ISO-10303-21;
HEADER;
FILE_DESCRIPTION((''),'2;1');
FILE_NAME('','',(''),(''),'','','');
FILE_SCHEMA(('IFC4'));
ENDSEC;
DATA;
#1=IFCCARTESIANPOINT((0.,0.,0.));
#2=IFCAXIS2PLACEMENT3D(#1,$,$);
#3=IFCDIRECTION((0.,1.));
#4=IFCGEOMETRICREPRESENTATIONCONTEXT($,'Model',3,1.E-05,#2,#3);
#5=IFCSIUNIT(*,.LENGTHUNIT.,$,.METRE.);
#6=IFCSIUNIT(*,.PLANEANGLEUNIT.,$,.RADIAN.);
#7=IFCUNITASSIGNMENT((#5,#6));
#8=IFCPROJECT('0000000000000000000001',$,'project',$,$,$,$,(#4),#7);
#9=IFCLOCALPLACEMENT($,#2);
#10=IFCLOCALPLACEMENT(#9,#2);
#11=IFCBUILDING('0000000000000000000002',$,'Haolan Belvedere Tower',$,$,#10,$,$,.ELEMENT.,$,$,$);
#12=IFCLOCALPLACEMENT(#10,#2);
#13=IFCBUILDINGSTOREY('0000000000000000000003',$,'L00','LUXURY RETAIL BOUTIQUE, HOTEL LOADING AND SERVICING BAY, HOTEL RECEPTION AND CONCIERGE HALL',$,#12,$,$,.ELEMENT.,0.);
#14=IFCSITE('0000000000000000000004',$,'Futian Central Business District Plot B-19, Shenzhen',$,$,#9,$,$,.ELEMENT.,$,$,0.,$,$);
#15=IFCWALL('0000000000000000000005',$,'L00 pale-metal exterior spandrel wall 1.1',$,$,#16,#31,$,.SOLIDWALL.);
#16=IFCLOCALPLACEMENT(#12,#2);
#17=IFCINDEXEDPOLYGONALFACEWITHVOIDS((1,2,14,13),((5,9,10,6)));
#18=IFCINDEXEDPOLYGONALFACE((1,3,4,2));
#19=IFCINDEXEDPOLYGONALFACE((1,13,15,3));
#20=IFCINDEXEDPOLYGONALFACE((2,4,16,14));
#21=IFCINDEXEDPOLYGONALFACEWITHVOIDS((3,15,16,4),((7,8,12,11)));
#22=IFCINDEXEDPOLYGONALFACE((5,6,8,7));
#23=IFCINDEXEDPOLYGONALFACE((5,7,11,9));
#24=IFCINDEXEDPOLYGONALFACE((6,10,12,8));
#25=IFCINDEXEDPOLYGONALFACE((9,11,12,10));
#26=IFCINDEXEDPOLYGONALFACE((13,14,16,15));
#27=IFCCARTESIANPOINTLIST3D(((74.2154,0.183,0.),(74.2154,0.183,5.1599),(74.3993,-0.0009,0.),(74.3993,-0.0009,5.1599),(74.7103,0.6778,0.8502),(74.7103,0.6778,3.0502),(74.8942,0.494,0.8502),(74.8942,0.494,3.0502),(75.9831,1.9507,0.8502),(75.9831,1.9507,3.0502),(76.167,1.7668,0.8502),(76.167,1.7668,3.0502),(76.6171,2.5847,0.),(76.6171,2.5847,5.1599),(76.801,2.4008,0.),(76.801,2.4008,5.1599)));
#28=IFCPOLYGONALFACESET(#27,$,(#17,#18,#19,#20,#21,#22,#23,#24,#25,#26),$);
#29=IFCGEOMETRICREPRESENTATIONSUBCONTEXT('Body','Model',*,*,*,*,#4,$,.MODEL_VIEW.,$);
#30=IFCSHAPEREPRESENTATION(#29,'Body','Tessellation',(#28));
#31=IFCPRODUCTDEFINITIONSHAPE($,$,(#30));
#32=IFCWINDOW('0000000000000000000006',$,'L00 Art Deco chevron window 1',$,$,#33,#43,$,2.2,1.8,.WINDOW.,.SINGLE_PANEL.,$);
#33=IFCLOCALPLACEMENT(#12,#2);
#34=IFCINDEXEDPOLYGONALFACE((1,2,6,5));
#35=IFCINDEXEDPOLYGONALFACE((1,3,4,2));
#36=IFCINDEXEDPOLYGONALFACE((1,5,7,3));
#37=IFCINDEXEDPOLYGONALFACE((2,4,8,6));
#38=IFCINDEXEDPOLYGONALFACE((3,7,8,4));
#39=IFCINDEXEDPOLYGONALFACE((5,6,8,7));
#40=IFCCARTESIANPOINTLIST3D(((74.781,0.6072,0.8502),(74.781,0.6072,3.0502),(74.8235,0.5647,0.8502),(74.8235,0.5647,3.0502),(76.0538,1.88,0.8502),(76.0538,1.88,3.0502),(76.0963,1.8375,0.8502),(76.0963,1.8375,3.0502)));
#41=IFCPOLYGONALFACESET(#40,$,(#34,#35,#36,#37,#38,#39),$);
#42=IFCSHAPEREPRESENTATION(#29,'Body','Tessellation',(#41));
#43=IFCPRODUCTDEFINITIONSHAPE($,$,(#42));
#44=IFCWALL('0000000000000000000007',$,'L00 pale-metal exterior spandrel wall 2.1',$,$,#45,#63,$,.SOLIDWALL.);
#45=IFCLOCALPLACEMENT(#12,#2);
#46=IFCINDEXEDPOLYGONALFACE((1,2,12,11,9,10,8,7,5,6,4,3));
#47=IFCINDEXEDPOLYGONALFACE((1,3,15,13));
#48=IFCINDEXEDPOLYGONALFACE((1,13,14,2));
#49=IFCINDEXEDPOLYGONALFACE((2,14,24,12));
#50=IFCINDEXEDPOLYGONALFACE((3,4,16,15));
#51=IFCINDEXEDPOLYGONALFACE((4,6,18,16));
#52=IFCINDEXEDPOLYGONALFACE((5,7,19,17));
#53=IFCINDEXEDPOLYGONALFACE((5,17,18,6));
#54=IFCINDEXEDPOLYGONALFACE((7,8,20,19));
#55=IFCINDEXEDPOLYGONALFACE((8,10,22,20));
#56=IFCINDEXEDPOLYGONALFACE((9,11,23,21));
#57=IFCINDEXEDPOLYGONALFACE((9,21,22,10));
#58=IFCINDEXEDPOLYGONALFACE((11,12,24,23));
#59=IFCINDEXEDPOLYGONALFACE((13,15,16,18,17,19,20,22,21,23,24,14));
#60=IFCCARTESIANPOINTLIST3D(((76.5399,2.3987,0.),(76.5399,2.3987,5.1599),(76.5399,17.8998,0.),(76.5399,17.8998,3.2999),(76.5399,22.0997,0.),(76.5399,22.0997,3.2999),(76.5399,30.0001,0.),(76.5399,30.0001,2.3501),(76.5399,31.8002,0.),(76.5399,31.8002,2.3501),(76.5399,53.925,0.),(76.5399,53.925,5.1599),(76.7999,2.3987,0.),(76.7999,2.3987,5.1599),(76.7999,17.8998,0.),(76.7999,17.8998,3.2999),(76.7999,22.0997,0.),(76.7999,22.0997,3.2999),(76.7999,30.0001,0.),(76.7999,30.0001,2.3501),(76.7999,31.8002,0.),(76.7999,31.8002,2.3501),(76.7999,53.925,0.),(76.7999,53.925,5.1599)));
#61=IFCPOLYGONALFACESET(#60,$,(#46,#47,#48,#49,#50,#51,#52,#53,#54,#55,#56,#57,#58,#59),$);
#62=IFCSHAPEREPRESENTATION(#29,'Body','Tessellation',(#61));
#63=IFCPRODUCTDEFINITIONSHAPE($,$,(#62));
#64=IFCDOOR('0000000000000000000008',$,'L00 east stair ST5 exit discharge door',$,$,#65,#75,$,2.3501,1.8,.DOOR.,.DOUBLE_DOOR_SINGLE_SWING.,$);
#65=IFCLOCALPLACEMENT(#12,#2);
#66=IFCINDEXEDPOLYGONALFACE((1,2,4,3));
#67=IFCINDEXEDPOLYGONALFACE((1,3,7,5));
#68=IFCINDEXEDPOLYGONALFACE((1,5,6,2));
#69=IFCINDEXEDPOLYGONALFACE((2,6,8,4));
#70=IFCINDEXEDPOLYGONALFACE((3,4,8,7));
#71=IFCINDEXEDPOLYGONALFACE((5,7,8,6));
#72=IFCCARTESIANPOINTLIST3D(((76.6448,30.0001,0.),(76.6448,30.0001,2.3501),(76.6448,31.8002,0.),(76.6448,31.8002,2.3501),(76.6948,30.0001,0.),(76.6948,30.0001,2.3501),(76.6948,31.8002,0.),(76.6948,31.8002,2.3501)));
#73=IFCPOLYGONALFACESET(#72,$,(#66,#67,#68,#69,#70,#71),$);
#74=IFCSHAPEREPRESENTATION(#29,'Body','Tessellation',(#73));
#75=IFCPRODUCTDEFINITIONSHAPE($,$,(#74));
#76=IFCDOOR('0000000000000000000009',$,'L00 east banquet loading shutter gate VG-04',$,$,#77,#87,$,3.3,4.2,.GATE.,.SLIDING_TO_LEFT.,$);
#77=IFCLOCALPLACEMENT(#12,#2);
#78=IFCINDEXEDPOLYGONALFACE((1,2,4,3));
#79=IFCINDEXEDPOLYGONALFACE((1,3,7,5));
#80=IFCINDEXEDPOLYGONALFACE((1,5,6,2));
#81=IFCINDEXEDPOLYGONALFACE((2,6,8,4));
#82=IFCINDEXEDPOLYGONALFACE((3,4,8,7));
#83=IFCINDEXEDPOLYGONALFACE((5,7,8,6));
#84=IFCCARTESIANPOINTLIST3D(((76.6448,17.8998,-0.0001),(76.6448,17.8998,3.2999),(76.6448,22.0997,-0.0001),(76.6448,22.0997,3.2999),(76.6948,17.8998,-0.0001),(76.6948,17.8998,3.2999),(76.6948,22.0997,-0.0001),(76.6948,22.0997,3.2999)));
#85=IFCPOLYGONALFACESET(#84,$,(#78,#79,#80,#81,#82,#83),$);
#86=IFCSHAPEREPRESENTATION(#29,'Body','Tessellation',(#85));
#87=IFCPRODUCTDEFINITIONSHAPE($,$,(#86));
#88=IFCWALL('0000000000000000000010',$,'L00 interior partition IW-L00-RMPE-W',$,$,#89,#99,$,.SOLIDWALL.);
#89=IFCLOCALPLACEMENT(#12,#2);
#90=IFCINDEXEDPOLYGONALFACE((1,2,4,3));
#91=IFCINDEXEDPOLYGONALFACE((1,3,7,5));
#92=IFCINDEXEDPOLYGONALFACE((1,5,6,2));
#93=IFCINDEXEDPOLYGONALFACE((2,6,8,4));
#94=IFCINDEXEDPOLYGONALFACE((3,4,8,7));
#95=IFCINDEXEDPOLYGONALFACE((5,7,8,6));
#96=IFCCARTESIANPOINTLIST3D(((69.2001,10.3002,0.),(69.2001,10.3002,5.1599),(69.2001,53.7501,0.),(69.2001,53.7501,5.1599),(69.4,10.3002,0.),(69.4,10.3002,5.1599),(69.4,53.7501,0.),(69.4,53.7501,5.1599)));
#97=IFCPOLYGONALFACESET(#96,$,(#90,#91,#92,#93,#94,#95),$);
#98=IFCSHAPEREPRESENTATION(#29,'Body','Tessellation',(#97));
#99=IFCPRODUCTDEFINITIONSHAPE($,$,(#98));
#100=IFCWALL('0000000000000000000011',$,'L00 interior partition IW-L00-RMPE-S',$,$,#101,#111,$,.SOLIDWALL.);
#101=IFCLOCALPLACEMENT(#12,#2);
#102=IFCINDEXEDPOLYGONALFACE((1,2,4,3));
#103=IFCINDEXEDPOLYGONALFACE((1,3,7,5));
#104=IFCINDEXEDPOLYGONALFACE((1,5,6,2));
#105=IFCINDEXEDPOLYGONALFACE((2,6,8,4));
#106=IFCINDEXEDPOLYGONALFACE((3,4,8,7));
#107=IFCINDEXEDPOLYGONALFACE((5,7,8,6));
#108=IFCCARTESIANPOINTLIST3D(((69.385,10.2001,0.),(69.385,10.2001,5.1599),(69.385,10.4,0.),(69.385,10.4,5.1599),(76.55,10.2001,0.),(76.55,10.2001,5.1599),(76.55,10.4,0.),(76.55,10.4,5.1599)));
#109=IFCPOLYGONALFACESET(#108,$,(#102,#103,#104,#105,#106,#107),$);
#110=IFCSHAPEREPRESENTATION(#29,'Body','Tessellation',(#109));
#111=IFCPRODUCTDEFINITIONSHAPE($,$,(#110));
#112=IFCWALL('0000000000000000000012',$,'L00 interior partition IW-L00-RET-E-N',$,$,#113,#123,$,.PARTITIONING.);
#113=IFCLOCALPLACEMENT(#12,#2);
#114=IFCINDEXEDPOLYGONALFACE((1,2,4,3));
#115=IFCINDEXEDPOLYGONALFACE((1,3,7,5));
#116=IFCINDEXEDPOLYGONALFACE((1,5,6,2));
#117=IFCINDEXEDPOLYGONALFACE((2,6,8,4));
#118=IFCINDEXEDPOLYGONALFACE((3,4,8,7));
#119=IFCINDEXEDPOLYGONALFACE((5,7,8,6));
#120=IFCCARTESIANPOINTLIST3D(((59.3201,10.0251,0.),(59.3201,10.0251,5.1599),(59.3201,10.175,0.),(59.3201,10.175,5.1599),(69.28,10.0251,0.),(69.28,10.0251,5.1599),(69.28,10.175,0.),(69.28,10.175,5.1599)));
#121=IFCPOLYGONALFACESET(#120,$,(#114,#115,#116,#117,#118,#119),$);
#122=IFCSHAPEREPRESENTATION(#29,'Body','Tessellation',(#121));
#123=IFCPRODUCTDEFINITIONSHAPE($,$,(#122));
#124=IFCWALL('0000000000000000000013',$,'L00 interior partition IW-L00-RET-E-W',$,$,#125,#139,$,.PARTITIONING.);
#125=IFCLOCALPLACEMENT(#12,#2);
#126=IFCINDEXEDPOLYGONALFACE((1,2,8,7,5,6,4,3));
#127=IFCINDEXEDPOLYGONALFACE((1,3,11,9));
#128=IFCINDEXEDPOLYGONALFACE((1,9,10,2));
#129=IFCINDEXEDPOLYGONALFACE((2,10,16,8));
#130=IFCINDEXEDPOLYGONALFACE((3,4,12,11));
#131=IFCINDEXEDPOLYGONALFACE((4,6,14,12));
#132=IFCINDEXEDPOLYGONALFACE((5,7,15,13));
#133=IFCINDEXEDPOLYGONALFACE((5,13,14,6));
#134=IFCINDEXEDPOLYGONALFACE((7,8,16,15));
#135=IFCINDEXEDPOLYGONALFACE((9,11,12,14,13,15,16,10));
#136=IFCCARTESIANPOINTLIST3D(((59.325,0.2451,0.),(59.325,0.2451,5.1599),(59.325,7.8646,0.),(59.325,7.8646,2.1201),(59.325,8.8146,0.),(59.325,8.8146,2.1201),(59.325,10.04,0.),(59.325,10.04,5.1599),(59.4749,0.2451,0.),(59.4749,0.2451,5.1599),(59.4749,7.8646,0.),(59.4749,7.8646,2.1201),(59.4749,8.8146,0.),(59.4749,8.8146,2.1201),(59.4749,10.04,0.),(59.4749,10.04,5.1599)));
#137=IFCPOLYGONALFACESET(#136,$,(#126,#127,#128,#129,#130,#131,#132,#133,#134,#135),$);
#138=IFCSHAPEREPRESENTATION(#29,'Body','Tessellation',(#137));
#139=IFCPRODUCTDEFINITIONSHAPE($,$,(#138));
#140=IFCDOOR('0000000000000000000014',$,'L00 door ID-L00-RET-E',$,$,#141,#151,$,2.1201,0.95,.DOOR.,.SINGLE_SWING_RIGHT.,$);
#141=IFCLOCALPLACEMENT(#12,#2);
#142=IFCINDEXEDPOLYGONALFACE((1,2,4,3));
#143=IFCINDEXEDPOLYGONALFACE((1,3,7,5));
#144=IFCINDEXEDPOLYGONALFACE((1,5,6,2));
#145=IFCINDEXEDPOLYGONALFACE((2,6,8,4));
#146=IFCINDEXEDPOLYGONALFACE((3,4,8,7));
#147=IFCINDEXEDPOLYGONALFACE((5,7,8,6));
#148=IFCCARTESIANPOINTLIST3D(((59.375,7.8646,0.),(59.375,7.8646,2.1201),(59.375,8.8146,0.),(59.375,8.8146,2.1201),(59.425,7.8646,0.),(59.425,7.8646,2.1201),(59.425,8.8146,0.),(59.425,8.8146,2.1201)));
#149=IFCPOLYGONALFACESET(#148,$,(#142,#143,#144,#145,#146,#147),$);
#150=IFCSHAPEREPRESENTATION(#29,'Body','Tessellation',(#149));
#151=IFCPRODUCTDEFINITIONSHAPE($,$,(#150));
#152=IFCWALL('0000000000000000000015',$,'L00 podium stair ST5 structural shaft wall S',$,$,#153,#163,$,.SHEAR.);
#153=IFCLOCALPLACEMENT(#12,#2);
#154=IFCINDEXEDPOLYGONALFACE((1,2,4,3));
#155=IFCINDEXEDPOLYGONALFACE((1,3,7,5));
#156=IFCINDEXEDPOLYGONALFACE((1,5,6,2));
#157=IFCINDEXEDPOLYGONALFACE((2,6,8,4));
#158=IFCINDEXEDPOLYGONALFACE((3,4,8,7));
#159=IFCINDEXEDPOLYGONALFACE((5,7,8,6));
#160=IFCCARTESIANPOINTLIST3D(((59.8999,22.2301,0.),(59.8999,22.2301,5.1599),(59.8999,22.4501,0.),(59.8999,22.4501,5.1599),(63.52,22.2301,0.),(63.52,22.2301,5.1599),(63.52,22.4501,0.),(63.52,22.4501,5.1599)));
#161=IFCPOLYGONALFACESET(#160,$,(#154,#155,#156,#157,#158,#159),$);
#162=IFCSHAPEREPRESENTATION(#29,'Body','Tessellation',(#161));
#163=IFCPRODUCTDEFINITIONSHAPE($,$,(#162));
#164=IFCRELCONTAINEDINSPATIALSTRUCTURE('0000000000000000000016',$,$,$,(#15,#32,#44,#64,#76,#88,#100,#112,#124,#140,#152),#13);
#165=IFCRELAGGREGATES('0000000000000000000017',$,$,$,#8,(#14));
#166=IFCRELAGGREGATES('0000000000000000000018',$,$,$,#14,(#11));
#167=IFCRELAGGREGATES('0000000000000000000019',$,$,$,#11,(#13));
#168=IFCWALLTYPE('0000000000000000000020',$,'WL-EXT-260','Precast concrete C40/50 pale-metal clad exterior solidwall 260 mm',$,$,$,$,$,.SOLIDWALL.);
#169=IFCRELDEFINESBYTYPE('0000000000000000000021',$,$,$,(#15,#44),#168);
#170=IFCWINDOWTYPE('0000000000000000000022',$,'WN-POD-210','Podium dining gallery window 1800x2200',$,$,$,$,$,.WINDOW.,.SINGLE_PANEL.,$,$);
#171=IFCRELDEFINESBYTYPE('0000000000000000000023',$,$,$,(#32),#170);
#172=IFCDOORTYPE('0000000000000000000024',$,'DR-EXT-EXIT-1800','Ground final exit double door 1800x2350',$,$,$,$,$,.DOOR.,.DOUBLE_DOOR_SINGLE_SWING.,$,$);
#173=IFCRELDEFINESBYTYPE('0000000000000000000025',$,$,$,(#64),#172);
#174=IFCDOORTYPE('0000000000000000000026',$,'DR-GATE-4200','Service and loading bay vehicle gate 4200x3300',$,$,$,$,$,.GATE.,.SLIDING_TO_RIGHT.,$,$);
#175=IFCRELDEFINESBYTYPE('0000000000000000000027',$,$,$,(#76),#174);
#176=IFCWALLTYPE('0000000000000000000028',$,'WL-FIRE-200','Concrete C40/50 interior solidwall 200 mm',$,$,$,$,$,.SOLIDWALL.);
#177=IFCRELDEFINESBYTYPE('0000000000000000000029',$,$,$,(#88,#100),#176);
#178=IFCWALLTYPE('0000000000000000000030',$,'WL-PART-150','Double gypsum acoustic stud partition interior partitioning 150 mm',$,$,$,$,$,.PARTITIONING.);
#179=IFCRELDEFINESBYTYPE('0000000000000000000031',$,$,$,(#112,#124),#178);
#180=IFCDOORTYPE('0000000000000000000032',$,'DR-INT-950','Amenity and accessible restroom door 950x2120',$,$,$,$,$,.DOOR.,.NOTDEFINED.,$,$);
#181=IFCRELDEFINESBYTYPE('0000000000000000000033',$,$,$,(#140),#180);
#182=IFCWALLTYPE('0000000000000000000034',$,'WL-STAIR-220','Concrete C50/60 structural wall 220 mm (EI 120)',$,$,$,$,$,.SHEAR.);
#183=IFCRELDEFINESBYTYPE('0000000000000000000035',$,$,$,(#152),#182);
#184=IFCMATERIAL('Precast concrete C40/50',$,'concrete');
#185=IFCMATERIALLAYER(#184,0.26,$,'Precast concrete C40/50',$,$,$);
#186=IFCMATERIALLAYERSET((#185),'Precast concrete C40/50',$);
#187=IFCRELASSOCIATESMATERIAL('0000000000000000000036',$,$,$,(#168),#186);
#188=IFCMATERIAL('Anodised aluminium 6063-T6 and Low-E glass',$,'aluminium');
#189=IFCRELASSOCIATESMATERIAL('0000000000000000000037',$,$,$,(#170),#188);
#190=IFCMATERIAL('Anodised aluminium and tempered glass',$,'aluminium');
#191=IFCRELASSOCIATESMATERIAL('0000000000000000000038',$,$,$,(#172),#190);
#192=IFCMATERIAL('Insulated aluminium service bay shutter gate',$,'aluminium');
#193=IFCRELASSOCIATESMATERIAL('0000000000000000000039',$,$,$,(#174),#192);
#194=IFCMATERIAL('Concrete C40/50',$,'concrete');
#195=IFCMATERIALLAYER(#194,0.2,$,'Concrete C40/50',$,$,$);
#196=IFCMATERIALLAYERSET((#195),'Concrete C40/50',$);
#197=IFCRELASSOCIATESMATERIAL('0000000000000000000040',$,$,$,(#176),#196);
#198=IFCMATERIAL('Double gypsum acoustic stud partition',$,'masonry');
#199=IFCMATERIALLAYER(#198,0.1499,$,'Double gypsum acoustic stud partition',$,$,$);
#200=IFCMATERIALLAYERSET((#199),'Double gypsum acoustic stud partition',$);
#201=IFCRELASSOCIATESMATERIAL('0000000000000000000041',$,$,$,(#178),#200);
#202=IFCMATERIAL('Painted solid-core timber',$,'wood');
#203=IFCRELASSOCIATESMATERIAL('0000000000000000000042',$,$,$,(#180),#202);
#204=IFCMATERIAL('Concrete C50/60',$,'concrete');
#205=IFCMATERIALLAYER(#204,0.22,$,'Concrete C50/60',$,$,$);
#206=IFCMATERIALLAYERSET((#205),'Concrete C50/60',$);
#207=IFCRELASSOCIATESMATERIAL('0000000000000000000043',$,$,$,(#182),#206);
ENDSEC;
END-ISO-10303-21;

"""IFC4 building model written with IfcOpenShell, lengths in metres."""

from ifc_helpers import new_model, si_unit, direction, frame, frame_2d, origin, place, context, subcontext, project, spatial, rectangle, extrude, material, layer, layer_set, type_object, element, fill, save


model = new_model("IFC4")

# Units and contexts
model_context = context("Model", 3, precision=1e-05, world=origin(), true_north=direction((0.0, 1.0)))
body_context = subcontext(model_context, "Body", "Model", "MODEL_VIEW")
ifc_project = project(units=[si_unit("LENGTHUNIT", "METRE"), si_unit("PLANEANGLEUNIT", "RADIAN")], contexts=[model_context])

# Site, building, storey
site_placement = place(None, origin())
site = spatial("IfcSite", under=ifc_project, at=site_placement, Name="Futian Central Business District Plot B-19, Shenzhen", CompositionType="ELEMENT", RefElevation=0.0)
building_placement = place(site_placement, origin())
building = spatial("IfcBuilding", under=site, at=building_placement, Name="Haolan Belvedere Tower", CompositionType="ELEMENT")
storey_placement = place(building_placement, origin())
storey = spatial("IfcBuildingStorey", under=building, at=storey_placement, Name="L00", Description="LUXURY RETAIL BOUTIQUE, HOTEL LOADING AND SERVICING BAY, HOTEL RECEPTION AND CONCIERGE HALL", CompositionType="ELEMENT", Elevation=0.0)

# Wall, opening, window
ifc_material_1 = material(Name="Precast concrete C40/50", Category="concrete")
ifc_layer_1 = layer(ifc_material_1, 0.26, Name="Precast concrete C40/50")
ifc_layer_set_1 = layer_set([ifc_layer_1], Name="Precast concrete C40/50")
wall_type_1 = type_object("IfcWallType", Name="WL-EXT-260", Description="Precast concrete C40/50 pale-metal clad exterior solidwall 260 mm", PredefinedType="SOLIDWALL", material=ifc_layer_set_1)
wall_1_placement = place(storey_placement, frame((74.3074, 0.0911, 0.0), z_axis=(0.0, 0.0, 1.0), x_axis=(0.707107, 0.707107, 0.0)))
wall_1 = element("IfcWall", 1, at=wall_1_placement, inside=storey, type_object=wall_type_1, Name="L00 pale-metal exterior spandrel wall 1.1", PredefinedType="SOLIDWALL", context=body_context, shape_type="SweptSolid", body=[
    extrude(rectangle(XDim=3.3965, YDim=0.26, at=frame_2d((1.6982, 0.0))), origin(), (0.0, 0.0, 1.0), 5.1599),
])
opening_1_placement = place(wall_1_placement, frame((0.7, 0.0, 0.8501)))
opening_1 = element("IfcOpeningElement", 2, at=opening_1_placement, cuts=wall_1, PredefinedType="OPENING", context=body_context, shape_type="SweptSolid", body=[
    extrude(rectangle(XDim=1.8, YDim=2.2, at=frame_2d((0.8999, 1.1001))), frame((0.0, 0.1399, 0.0), z_axis=(0.0, -1.0, 0.0), x_axis=(1.0, 0.0, 0.0)), (0.0, 0.0, 1.0), 0.28),
])
ifc_material_2 = material(Name="Anodised aluminium 6063-T6 and Low-E glass", Category="aluminium")
window_type = type_object("IfcWindowType", Name="WN-POD-210", Description="Podium dining gallery window 1800x2200", PartitioningType="SINGLE_PANEL", PredefinedType="WINDOW", material=ifc_material_2)
window_placement = place(opening_1_placement, origin())
window = element("IfcWindow", 3, at=window_placement, inside=storey, type_object=window_type, Name="L00 Art Deco chevron window 1", OverallHeight=2.2, OverallWidth=1.8, PartitioningType="SINGLE_PANEL", PredefinedType="WINDOW", context=body_context, shape_type="SweptSolid", body=[
    extrude(rectangle(XDim=1.8, YDim=2.2, at=frame_2d((0.8999, 1.1001))), frame((0.0, 0.03, 0.0), z_axis=(0.0, -1.0, 0.0), x_axis=(1.0, 0.0, 0.0)), (0.0, 0.0, 1.0), 0.0601),
])
fill(opening_1, window)

# Wall, openings, doors
wall_2_placement = place(storey_placement, frame((76.6699, 2.3987, 0.0), z_axis=(0.0, 0.0, 1.0), x_axis=(0.0, 1.0, 0.0)))
wall_2 = element("IfcWall", 4, at=wall_2_placement, inside=storey, type_object=wall_type_1, Name="L00 pale-metal exterior spandrel wall 2.1", PredefinedType="SOLIDWALL", context=body_context, shape_type="SweptSolid", body=[
    extrude(rectangle(XDim=51.5264, YDim=0.26, at=frame_2d((25.7632, 0.0))), origin(), (0.0, 0.0, 1.0), 5.1599),
])
opening_2_placement = place(wall_2_placement, frame((29.4014, 0.0, 0.0), z_axis=(0.0, 0.0, 1.0), x_axis=(-1.0, 0.0, 0.0)))
opening_2 = element("IfcOpeningElement", 5, at=opening_2_placement, cuts=wall_2, PredefinedType="OPENING", context=body_context, shape_type="SweptSolid", body=[
    extrude(rectangle(XDim=1.8, YDim=2.3501, at=frame_2d((0.8999, 1.175))), frame((0.0, 0.1399, 0.0), z_axis=(0.0, -1.0, 0.0), x_axis=(1.0, 0.0, 0.0)), (0.0, 0.0, 1.0), 0.28),
])
opening_3_placement = place(wall_2_placement, frame((19.7012, 0.0, 0.0), z_axis=(0.0, 0.0, 1.0), x_axis=(-1.0, 0.0, 0.0)))
opening_3 = element("IfcOpeningElement", 6, at=opening_3_placement, cuts=wall_2, PredefinedType="OPENING", context=body_context, shape_type="SweptSolid", body=[
    extrude(rectangle(XDim=4.2, YDim=3.3, at=frame_2d((2.1001, 1.6499))), frame((0.0, 0.1399, 0.0), z_axis=(0.0, -1.0, 0.0), x_axis=(1.0, 0.0, 0.0)), (0.0, 0.0, 1.0), 0.28),
])
ifc_material_3 = material(Name="Anodised aluminium and tempered glass", Category="aluminium")
door_type_1 = type_object("IfcDoorType", Name="DR-EXT-EXIT-1800", Description="Ground final exit double door 1800x2350", OperationType="DOUBLE_DOOR_SINGLE_SWING", PredefinedType="DOOR", material=ifc_material_3)
door_1_placement = place(opening_2_placement, origin())
door_1 = element("IfcDoor", 7, at=door_1_placement, inside=storey, type_object=door_type_1, Name="L00 east stair ST5 exit discharge door", OperationType="DOUBLE_DOOR_SINGLE_SWING", OverallHeight=2.3501, OverallWidth=1.8, PredefinedType="DOOR", context=body_context, shape_type="SweptSolid", body=[
    extrude(rectangle(XDim=1.8, YDim=2.3501, at=frame_2d((0.8999, 1.175))), frame((0.0, 0.0249, 0.0), z_axis=(0.0, -1.0, 0.0), x_axis=(1.0, 0.0, 0.0)), (0.0, 0.0, 1.0), 0.05),
])
fill(opening_2, door_1)
ifc_material_4 = material(Name="Insulated aluminium service bay shutter gate", Category="aluminium")
door_type_2 = type_object("IfcDoorType", Name="DR-GATE-4200", Description="Service and loading bay vehicle gate 4200x3300", OperationType="SLIDING_TO_RIGHT", PredefinedType="GATE", material=ifc_material_4)
door_2_placement = place(opening_3_placement, origin())
door_2 = element("IfcDoor", 8, at=door_2_placement, inside=storey, type_object=door_type_2, Name="L00 east banquet loading shutter gate VG-04", OperationType="SLIDING_TO_LEFT", OverallHeight=3.3, OverallWidth=4.2, PredefinedType="GATE", context=body_context, shape_type="SweptSolid", body=[
    extrude(rectangle(XDim=4.2, YDim=3.3, at=frame_2d((2.1001, 1.6499))), frame((0.0, 0.0249, 0.0), z_axis=(0.0, -1.0, 0.0), x_axis=(1.0, 0.0, 0.0)), (0.0, 0.0, 1.0), 0.05),
])
fill(opening_3, door_2)

# Walls
ifc_material_5 = material(Name="Concrete C40/50", Category="concrete")
ifc_layer_2 = layer(ifc_material_5, 0.2, Name="Concrete C40/50")
ifc_layer_set_2 = layer_set([ifc_layer_2], Name="Concrete C40/50")
wall_type_2 = type_object("IfcWallType", Name="WL-FIRE-200", Description="Concrete C40/50 interior solidwall 200 mm", PredefinedType="SOLIDWALL", material=ifc_layer_set_2)
wall_3_placement = place(storey_placement, frame((69.3, 10.3, 0.0), z_axis=(0.0, 0.0, 1.0), x_axis=(0.0, 1.0, 0.0)))
element("IfcWall", 9, at=wall_3_placement, inside=storey, type_object=wall_type_2, Name="L00 interior partition IW-L00-RMPE-W", PredefinedType="SOLIDWALL", context=body_context, shape_type="SweptSolid", body=[
    extrude(rectangle(XDim=43.45, YDim=0.2, at=frame_2d((21.7251, 0.0))), origin(), (0.0, 0.0, 1.0), 5.1599),
])
wall_4_placement = place(storey_placement, frame((69.385, 10.3, 0.0), z_axis=(0.0, 0.0, 1.0), x_axis=(1.0, 0.0, 0.0)))
element("IfcWall", 10, at=wall_4_placement, inside=storey, type_object=wall_type_2, Name="L00 interior partition IW-L00-RMPE-S", PredefinedType="SOLIDWALL", context=body_context, shape_type="SweptSolid", body=[
    extrude(rectangle(XDim=7.165, YDim=0.2, at=frame_2d((3.5825, 0.0))), origin(), (0.0, 0.0, 1.0), 5.1599),
])
ifc_material_6 = material(Name="Double gypsum acoustic stud partition", Category="masonry")
ifc_layer_3 = layer(ifc_material_6, 0.1499, Name="Double gypsum acoustic stud partition")
ifc_layer_set_3 = layer_set([ifc_layer_3], Name="Double gypsum acoustic stud partition")
wall_type_3 = type_object("IfcWallType", Name="WL-PART-150", Description="Double gypsum acoustic stud partition interior partitioning 150 mm", PredefinedType="PARTITIONING", material=ifc_layer_set_3)
wall_5_placement = place(storey_placement, frame((59.3201, 10.1001, 0.0), z_axis=(0.0, 0.0, 1.0), x_axis=(1.0, 0.0, 0.0)))
element("IfcWall", 11, at=wall_5_placement, inside=storey, type_object=wall_type_3, Name="L00 interior partition IW-L00-RET-E-N", PredefinedType="PARTITIONING", context=body_context, shape_type="SweptSolid", body=[
    extrude(rectangle(XDim=9.96, YDim=0.1499, at=frame_2d((4.98, 0.0))), origin(), (0.0, 0.0, 1.0), 5.1599),
])

# Wall, opening, door
wall_6_placement = place(storey_placement, frame((59.3999, 0.2451, 0.0), z_axis=(0.0, 0.0, 1.0), x_axis=(0.0, 1.0, 0.0)))
wall_6 = element("IfcWall", 12, at=wall_6_placement, inside=storey, type_object=wall_type_3, Name="L00 interior partition IW-L00-RET-E-W", PredefinedType="PARTITIONING", context=body_context, shape_type="SweptSolid", body=[
    extrude(rectangle(XDim=9.7949, YDim=0.1499, at=frame_2d((4.8975, 0.0))), origin(), (0.0, 0.0, 1.0), 5.1599),
])
opening_4_placement = place(wall_6_placement, frame((7.6194, 0.0, 0.0)))
opening_4 = element("IfcOpeningElement", 13, at=opening_4_placement, cuts=wall_6, PredefinedType="OPENING", context=body_context, shape_type="SweptSolid", body=[
    extrude(rectangle(XDim=0.95, YDim=2.1201, at=frame_2d((0.4751, 1.0601))), frame((0.0, 0.085, 0.0), z_axis=(0.0, -1.0, 0.0), x_axis=(1.0, 0.0, 0.0)), (0.0, 0.0, 1.0), 0.1699),
])
ifc_material_7 = material(Name="Painted solid-core timber", Category="wood")
door_type_3 = type_object("IfcDoorType", Name="DR-INT-950", Description="Amenity and accessible restroom door 950x2120", OperationType="NOTDEFINED", PredefinedType="DOOR", material=ifc_material_7)
door_3_placement = place(opening_4_placement, origin())
door_3 = element("IfcDoor", 14, at=door_3_placement, inside=storey, type_object=door_type_3, Name="L00 door ID-L00-RET-E", OperationType="SINGLE_SWING_RIGHT", OverallHeight=2.1201, OverallWidth=0.95, PredefinedType="DOOR", context=body_context, shape_type="SweptSolid", body=[
    extrude(rectangle(XDim=0.95, YDim=2.1201, at=frame_2d((0.4751, 1.0601))), frame((0.0, 0.0249, 0.0), z_axis=(0.0, -1.0, 0.0), x_axis=(1.0, 0.0, 0.0)), (0.0, 0.0, 1.0), 0.05),
])
fill(opening_4, door_3)

# Wall
ifc_material_8 = material(Name="Concrete C50/60", Category="concrete")
ifc_layer_4 = layer(ifc_material_8, 0.22, Name="Concrete C50/60")
ifc_layer_set_4 = layer_set([ifc_layer_4], Name="Concrete C50/60")
wall_type_4 = type_object("IfcWallType", Name="WL-STAIR-220", Description="Concrete C50/60 structural wall 220 mm (EI 120)", PredefinedType="SHEAR", material=ifc_layer_set_4)
wall_7_placement = place(storey_placement, frame((59.8999, 22.3401, 0.0), z_axis=(0.0, 0.0, 1.0), x_axis=(1.0, 0.0, 0.0)))
element("IfcWall", 15, at=wall_7_placement, inside=storey, type_object=wall_type_4, Name="L00 podium stair ST5 structural shaft wall S", PredefinedType="SHEAR", context=body_context, shape_type="SweptSolid", body=[
    extrude(rectangle(XDim=3.6201, YDim=0.22, at=frame_2d((1.8101, 0.0))), origin(), (0.0, 0.0, 1.0), 5.1599),
])

save(model, "model.ifc")
